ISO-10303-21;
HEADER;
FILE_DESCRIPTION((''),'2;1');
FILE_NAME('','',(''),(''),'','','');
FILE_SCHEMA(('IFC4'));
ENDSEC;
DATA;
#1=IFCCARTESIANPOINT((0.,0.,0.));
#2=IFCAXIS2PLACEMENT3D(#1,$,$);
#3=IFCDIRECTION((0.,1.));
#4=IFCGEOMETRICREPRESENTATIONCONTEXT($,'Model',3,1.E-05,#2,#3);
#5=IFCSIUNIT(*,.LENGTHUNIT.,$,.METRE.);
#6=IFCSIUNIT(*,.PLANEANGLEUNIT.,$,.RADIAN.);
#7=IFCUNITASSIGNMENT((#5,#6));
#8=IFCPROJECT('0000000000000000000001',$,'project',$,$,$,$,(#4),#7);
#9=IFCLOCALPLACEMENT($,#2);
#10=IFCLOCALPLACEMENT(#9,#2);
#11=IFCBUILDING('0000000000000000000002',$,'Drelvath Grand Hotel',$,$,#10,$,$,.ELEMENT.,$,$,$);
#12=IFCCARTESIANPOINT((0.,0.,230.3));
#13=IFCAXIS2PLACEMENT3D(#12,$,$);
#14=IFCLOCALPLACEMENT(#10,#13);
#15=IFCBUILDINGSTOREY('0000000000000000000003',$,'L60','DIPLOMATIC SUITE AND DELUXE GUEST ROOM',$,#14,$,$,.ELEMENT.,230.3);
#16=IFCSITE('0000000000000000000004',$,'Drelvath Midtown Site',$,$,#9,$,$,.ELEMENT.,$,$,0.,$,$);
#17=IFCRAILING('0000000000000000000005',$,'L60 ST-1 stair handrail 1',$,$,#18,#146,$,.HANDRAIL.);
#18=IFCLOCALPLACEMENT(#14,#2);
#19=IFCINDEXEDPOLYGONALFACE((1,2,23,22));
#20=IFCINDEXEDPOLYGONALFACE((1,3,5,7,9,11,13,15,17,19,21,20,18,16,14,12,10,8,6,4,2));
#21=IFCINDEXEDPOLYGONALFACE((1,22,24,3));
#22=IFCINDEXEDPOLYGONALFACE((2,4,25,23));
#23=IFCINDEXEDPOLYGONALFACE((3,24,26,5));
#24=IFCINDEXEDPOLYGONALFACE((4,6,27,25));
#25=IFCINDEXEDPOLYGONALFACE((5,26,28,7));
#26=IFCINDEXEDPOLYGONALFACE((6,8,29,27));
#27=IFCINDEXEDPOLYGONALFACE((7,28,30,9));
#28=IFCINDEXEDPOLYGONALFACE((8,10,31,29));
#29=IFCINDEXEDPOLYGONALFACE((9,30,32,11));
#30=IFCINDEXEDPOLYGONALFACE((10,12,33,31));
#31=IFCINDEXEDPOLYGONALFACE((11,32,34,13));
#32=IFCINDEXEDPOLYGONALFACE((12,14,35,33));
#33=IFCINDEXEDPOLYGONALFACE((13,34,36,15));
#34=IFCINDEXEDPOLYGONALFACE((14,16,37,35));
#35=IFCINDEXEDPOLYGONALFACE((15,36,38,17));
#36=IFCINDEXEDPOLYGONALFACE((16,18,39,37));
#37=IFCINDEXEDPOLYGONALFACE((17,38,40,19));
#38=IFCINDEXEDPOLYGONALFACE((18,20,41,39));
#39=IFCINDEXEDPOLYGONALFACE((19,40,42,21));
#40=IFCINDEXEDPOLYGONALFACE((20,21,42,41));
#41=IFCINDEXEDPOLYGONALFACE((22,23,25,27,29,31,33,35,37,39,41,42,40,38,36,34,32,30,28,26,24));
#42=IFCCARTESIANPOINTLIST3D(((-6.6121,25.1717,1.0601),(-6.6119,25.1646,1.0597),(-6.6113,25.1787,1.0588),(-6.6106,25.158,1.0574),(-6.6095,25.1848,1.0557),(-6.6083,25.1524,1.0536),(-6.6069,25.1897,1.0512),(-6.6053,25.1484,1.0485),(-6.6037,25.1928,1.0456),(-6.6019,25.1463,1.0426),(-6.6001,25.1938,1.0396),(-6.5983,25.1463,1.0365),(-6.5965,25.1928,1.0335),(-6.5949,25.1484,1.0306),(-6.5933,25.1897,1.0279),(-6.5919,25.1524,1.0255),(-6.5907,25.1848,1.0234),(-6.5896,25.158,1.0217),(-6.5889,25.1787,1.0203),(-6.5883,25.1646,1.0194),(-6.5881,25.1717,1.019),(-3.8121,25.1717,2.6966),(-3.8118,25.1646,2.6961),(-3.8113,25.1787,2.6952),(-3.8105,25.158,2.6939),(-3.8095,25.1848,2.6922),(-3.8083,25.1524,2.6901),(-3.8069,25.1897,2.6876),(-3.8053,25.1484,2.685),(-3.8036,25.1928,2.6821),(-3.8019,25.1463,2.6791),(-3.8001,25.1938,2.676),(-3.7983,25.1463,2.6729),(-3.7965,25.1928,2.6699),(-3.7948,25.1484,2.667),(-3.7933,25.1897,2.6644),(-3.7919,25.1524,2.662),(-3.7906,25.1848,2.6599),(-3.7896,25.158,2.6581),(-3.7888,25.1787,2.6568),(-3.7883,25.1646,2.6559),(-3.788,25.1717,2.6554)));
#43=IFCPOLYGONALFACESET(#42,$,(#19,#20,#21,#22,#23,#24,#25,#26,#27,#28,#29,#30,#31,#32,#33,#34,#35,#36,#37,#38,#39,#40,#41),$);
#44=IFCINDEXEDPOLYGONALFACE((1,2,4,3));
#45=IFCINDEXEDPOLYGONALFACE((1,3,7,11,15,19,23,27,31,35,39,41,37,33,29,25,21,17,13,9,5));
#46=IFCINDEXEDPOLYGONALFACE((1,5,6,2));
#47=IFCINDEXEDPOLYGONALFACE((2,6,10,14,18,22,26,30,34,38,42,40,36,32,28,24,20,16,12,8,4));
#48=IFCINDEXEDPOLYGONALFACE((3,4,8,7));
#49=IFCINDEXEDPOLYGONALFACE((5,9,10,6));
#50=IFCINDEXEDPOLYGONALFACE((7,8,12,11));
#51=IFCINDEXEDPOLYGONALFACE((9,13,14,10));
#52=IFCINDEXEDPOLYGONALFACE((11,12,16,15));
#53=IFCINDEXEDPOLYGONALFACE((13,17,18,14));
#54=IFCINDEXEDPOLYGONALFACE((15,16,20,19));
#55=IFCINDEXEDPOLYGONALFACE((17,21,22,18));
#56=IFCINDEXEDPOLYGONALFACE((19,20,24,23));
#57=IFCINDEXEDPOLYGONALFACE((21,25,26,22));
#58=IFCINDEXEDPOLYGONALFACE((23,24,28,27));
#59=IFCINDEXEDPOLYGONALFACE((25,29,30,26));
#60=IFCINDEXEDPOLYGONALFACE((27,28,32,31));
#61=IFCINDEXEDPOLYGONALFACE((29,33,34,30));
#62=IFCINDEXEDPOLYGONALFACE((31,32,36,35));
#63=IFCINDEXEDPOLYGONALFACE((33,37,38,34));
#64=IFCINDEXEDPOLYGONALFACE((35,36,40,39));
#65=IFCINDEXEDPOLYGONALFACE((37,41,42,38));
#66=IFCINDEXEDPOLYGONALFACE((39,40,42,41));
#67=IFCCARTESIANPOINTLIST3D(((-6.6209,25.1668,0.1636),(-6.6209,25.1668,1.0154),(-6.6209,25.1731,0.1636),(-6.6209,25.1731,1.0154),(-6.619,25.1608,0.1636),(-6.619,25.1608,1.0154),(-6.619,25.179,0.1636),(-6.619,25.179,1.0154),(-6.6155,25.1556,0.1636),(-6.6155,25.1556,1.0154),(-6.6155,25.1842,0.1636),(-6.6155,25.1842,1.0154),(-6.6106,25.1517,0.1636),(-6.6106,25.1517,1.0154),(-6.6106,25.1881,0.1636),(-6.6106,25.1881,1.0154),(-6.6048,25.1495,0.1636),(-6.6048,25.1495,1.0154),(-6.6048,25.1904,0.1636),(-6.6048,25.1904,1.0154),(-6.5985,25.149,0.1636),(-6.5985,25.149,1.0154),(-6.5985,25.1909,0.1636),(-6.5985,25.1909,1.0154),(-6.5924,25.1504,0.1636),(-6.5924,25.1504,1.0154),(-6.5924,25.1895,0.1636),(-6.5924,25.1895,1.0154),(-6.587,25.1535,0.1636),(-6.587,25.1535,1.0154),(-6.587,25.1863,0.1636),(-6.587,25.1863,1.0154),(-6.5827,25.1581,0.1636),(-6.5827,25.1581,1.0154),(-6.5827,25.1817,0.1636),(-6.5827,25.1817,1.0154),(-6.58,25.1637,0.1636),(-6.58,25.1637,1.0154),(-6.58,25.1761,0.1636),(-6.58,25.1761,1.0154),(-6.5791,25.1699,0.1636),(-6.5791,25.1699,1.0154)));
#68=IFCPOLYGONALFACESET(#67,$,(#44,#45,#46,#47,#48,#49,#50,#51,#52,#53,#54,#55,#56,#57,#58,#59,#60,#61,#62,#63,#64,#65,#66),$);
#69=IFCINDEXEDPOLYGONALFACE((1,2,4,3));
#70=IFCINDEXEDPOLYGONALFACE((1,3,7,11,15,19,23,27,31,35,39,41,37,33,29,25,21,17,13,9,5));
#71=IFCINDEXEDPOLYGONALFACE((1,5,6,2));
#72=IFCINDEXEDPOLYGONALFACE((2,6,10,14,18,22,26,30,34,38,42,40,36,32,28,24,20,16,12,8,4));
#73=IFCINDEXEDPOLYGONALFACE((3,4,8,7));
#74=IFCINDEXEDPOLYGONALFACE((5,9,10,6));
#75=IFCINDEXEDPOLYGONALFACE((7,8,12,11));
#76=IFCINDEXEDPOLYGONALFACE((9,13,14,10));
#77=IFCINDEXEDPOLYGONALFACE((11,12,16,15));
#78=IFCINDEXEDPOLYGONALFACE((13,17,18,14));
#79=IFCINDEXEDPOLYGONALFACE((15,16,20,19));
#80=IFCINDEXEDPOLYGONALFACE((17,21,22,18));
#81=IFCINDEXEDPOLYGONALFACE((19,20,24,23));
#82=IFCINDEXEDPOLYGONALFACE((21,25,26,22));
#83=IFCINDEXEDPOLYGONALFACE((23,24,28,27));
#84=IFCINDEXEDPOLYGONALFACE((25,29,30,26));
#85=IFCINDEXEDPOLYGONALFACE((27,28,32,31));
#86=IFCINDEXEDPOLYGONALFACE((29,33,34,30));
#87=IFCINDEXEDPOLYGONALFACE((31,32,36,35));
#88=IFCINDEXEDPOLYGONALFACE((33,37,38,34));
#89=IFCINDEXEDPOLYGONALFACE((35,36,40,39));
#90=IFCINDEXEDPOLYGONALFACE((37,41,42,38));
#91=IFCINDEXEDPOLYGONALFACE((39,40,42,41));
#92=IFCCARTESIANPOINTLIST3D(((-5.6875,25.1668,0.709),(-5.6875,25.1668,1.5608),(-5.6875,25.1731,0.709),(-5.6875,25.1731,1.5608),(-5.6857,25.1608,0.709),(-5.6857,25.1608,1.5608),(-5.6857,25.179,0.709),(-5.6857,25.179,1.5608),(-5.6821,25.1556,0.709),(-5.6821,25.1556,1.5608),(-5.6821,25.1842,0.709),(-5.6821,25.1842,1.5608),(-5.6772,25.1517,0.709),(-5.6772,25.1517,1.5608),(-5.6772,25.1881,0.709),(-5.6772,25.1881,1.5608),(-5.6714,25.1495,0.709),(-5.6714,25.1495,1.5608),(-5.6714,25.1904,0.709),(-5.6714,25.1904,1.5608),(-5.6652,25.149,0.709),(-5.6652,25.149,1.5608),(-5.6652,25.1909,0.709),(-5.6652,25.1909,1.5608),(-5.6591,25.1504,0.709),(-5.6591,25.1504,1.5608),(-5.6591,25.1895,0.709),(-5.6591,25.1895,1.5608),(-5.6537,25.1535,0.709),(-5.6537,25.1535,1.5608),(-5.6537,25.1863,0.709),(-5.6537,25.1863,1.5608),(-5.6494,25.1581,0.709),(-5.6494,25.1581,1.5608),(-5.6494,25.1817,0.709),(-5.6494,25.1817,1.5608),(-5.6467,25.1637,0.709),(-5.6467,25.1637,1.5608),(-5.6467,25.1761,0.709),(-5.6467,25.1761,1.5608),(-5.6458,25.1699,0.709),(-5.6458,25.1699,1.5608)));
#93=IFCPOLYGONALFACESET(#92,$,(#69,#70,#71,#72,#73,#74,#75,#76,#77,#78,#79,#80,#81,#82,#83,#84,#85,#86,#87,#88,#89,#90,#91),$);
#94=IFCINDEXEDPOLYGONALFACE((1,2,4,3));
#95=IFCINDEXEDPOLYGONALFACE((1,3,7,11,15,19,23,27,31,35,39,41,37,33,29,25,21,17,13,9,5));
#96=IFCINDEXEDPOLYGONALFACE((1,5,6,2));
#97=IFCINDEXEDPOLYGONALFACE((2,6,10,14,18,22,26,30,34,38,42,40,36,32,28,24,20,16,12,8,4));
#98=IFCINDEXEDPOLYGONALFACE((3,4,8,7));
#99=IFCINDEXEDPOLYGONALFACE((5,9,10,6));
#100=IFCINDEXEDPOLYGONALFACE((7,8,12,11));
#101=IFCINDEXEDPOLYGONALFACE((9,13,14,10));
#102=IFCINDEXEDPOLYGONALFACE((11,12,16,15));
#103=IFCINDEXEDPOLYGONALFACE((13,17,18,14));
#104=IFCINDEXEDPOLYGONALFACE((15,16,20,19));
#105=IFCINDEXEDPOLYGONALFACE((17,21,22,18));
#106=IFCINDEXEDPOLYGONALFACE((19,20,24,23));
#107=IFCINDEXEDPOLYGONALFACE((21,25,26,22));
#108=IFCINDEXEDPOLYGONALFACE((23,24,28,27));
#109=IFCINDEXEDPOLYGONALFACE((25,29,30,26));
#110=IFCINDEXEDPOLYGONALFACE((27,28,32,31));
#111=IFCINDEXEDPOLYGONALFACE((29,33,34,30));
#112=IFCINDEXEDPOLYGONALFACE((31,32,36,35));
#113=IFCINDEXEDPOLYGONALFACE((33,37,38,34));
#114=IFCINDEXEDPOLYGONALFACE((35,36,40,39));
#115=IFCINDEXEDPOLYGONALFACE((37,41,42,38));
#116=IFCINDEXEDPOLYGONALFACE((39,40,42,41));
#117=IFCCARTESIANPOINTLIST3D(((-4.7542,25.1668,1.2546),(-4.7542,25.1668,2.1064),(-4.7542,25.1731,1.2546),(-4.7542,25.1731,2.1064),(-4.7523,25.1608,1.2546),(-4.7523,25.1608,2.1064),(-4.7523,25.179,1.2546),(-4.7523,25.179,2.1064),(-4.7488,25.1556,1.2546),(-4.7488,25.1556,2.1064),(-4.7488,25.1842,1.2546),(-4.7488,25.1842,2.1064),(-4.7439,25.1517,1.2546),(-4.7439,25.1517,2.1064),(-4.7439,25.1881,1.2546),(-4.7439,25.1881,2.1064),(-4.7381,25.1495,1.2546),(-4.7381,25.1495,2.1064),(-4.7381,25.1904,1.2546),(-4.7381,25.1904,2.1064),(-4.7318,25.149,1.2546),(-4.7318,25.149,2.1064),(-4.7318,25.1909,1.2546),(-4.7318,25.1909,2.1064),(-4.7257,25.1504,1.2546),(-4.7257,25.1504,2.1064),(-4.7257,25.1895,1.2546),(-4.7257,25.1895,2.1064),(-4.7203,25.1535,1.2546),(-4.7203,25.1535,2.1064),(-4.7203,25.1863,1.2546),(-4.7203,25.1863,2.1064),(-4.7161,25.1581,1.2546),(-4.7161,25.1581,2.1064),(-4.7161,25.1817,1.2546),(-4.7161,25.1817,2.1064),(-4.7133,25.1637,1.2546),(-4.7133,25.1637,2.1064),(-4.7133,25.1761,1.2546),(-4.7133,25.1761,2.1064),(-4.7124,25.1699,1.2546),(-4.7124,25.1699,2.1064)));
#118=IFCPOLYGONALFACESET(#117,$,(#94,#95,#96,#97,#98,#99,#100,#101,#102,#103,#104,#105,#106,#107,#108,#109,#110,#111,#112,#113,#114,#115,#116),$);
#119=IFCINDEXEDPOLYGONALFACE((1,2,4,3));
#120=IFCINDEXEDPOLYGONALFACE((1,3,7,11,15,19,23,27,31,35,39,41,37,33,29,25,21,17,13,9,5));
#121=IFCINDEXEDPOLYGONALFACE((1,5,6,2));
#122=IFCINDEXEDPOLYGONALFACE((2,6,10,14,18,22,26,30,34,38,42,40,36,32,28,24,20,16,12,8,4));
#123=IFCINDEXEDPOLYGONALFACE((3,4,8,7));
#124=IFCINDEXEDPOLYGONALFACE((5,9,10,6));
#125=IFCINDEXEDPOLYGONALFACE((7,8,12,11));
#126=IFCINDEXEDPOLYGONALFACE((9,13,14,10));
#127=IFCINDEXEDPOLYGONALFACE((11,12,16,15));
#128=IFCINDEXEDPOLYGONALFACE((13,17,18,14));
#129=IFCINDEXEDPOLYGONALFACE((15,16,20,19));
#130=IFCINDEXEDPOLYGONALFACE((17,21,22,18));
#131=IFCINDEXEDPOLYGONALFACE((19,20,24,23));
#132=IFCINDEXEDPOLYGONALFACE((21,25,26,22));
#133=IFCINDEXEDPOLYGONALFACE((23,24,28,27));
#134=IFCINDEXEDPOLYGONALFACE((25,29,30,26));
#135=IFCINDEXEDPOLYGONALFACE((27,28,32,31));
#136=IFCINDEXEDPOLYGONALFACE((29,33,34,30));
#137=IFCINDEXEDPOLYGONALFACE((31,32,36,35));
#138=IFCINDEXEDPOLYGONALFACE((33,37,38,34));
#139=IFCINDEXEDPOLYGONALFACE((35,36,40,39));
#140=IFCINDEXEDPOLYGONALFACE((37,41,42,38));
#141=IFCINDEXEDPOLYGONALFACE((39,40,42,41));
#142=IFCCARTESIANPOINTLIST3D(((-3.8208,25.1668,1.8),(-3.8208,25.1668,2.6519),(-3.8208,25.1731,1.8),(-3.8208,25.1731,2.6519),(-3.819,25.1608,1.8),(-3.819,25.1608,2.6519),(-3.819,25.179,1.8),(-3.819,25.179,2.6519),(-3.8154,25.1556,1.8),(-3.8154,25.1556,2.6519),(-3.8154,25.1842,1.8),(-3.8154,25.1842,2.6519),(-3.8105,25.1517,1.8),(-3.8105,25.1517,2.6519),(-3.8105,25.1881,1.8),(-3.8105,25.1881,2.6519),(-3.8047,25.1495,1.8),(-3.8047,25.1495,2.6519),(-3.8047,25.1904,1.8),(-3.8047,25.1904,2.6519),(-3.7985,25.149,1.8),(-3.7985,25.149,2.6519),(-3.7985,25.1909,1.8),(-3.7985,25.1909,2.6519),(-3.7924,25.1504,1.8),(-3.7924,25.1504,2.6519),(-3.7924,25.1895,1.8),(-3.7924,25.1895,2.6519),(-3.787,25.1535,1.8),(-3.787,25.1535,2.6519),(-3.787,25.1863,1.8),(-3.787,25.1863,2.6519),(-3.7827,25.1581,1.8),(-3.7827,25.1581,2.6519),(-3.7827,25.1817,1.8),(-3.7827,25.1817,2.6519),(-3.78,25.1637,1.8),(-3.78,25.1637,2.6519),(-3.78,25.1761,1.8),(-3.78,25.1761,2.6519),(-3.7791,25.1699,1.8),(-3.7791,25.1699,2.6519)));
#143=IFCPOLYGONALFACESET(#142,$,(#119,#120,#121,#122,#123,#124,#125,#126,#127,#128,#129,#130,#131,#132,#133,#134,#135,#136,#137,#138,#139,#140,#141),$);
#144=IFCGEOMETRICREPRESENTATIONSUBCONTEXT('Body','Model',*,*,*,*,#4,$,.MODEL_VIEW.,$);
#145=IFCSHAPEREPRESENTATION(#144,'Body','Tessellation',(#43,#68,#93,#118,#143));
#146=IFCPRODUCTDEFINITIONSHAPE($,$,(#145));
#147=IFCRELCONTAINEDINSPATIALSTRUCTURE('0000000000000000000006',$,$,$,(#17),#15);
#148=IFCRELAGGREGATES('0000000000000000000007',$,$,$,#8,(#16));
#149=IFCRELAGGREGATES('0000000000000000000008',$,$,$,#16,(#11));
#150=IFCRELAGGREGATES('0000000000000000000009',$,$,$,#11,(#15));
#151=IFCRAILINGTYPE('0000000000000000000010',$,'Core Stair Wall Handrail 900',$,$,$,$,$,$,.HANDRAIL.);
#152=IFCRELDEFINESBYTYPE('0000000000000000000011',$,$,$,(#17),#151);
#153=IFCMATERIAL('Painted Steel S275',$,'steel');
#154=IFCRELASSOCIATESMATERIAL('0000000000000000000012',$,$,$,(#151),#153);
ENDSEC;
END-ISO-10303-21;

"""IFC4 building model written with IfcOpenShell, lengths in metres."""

from ifc_helpers import new_model, si_unit, direction, frame, origin, origin_2d, place, context, subcontext, project, spatial, circle, extrude, material, type_object, element, save


model = new_model("IFC4")

# Units and contexts
model_context = context("Model", 3, precision=1e-05, world=origin(), true_north=direction((0.0, 1.0)))
body_context = subcontext(model_context, "Body", "Model", "MODEL_VIEW")
ifc_project = project(units=[si_unit("LENGTHUNIT", "METRE"), si_unit("PLANEANGLEUNIT", "RADIAN")], contexts=[model_context])

# Site, building, storey
site_placement = place(None, origin())
site = spatial("IfcSite", under=ifc_project, at=site_placement, Name="Drelvath Midtown Site", CompositionType="ELEMENT", RefElevation=0.0)
building_placement = place(site_placement, origin())
building = spatial("IfcBuilding", under=site, at=building_placement, Name="Drelvath Grand Hotel", CompositionType="ELEMENT")
storey_placement = place(building_placement, frame((0.0, 0.0, 230.3)))
storey = spatial("IfcBuildingStorey", under=building, at=storey_placement, Name="L60", Description="DIPLOMATIC SUITE AND DELUXE GUEST ROOM", CompositionType="ELEMENT", Elevation=230.3)

# Shared definitions
ifc_material_1 = material(Name="Painted Steel S275", Category="steel")

# Railing
railing_type_1 = type_object("IfcRailingType", Name="Core Stair Wall Handrail 900", PredefinedType="HANDRAIL", material=ifc_material_1)
railing_1_placement = place(storey_placement, frame((-6.6001, 25.1699, 0.1636)))
element("IfcRailing", 1, at=railing_1_placement, inside=storey, type_object=railing_type_1, Name="L60 ST-1 stair handrail 1", PredefinedType="HANDRAIL", context=body_context, shape_type="SweptSolid", body=[
    extrude(circle(Radius=0.0239, at=origin_2d()), frame((0.0, 0.0, 0.876), z_axis=(0.863361, 0.0, 0.504587), x_axis=(0.0, 1.0, 0.0)), (0.0, 0.0, 1.0), 3.2432),
    extrude(circle(Radius=0.021, at=origin_2d()), origin(), (0.0, 0.0, 1.0), 0.8518),
    extrude(circle(Radius=0.021, at=origin_2d()), frame((0.9333, 0.0, 0.5454)), (0.0, 0.0, 1.0), 0.8518),
    extrude(circle(Radius=0.021, at=origin_2d()), frame((1.8667, 0.0, 1.0911)), (0.0, 0.0, 1.0), 0.8518),
    extrude(circle(Radius=0.021, at=origin_2d()), frame((2.8, 0.0, 1.6365)), (0.0, 0.0, 1.0), 0.8518),
])

save(model, "model.ifc")
